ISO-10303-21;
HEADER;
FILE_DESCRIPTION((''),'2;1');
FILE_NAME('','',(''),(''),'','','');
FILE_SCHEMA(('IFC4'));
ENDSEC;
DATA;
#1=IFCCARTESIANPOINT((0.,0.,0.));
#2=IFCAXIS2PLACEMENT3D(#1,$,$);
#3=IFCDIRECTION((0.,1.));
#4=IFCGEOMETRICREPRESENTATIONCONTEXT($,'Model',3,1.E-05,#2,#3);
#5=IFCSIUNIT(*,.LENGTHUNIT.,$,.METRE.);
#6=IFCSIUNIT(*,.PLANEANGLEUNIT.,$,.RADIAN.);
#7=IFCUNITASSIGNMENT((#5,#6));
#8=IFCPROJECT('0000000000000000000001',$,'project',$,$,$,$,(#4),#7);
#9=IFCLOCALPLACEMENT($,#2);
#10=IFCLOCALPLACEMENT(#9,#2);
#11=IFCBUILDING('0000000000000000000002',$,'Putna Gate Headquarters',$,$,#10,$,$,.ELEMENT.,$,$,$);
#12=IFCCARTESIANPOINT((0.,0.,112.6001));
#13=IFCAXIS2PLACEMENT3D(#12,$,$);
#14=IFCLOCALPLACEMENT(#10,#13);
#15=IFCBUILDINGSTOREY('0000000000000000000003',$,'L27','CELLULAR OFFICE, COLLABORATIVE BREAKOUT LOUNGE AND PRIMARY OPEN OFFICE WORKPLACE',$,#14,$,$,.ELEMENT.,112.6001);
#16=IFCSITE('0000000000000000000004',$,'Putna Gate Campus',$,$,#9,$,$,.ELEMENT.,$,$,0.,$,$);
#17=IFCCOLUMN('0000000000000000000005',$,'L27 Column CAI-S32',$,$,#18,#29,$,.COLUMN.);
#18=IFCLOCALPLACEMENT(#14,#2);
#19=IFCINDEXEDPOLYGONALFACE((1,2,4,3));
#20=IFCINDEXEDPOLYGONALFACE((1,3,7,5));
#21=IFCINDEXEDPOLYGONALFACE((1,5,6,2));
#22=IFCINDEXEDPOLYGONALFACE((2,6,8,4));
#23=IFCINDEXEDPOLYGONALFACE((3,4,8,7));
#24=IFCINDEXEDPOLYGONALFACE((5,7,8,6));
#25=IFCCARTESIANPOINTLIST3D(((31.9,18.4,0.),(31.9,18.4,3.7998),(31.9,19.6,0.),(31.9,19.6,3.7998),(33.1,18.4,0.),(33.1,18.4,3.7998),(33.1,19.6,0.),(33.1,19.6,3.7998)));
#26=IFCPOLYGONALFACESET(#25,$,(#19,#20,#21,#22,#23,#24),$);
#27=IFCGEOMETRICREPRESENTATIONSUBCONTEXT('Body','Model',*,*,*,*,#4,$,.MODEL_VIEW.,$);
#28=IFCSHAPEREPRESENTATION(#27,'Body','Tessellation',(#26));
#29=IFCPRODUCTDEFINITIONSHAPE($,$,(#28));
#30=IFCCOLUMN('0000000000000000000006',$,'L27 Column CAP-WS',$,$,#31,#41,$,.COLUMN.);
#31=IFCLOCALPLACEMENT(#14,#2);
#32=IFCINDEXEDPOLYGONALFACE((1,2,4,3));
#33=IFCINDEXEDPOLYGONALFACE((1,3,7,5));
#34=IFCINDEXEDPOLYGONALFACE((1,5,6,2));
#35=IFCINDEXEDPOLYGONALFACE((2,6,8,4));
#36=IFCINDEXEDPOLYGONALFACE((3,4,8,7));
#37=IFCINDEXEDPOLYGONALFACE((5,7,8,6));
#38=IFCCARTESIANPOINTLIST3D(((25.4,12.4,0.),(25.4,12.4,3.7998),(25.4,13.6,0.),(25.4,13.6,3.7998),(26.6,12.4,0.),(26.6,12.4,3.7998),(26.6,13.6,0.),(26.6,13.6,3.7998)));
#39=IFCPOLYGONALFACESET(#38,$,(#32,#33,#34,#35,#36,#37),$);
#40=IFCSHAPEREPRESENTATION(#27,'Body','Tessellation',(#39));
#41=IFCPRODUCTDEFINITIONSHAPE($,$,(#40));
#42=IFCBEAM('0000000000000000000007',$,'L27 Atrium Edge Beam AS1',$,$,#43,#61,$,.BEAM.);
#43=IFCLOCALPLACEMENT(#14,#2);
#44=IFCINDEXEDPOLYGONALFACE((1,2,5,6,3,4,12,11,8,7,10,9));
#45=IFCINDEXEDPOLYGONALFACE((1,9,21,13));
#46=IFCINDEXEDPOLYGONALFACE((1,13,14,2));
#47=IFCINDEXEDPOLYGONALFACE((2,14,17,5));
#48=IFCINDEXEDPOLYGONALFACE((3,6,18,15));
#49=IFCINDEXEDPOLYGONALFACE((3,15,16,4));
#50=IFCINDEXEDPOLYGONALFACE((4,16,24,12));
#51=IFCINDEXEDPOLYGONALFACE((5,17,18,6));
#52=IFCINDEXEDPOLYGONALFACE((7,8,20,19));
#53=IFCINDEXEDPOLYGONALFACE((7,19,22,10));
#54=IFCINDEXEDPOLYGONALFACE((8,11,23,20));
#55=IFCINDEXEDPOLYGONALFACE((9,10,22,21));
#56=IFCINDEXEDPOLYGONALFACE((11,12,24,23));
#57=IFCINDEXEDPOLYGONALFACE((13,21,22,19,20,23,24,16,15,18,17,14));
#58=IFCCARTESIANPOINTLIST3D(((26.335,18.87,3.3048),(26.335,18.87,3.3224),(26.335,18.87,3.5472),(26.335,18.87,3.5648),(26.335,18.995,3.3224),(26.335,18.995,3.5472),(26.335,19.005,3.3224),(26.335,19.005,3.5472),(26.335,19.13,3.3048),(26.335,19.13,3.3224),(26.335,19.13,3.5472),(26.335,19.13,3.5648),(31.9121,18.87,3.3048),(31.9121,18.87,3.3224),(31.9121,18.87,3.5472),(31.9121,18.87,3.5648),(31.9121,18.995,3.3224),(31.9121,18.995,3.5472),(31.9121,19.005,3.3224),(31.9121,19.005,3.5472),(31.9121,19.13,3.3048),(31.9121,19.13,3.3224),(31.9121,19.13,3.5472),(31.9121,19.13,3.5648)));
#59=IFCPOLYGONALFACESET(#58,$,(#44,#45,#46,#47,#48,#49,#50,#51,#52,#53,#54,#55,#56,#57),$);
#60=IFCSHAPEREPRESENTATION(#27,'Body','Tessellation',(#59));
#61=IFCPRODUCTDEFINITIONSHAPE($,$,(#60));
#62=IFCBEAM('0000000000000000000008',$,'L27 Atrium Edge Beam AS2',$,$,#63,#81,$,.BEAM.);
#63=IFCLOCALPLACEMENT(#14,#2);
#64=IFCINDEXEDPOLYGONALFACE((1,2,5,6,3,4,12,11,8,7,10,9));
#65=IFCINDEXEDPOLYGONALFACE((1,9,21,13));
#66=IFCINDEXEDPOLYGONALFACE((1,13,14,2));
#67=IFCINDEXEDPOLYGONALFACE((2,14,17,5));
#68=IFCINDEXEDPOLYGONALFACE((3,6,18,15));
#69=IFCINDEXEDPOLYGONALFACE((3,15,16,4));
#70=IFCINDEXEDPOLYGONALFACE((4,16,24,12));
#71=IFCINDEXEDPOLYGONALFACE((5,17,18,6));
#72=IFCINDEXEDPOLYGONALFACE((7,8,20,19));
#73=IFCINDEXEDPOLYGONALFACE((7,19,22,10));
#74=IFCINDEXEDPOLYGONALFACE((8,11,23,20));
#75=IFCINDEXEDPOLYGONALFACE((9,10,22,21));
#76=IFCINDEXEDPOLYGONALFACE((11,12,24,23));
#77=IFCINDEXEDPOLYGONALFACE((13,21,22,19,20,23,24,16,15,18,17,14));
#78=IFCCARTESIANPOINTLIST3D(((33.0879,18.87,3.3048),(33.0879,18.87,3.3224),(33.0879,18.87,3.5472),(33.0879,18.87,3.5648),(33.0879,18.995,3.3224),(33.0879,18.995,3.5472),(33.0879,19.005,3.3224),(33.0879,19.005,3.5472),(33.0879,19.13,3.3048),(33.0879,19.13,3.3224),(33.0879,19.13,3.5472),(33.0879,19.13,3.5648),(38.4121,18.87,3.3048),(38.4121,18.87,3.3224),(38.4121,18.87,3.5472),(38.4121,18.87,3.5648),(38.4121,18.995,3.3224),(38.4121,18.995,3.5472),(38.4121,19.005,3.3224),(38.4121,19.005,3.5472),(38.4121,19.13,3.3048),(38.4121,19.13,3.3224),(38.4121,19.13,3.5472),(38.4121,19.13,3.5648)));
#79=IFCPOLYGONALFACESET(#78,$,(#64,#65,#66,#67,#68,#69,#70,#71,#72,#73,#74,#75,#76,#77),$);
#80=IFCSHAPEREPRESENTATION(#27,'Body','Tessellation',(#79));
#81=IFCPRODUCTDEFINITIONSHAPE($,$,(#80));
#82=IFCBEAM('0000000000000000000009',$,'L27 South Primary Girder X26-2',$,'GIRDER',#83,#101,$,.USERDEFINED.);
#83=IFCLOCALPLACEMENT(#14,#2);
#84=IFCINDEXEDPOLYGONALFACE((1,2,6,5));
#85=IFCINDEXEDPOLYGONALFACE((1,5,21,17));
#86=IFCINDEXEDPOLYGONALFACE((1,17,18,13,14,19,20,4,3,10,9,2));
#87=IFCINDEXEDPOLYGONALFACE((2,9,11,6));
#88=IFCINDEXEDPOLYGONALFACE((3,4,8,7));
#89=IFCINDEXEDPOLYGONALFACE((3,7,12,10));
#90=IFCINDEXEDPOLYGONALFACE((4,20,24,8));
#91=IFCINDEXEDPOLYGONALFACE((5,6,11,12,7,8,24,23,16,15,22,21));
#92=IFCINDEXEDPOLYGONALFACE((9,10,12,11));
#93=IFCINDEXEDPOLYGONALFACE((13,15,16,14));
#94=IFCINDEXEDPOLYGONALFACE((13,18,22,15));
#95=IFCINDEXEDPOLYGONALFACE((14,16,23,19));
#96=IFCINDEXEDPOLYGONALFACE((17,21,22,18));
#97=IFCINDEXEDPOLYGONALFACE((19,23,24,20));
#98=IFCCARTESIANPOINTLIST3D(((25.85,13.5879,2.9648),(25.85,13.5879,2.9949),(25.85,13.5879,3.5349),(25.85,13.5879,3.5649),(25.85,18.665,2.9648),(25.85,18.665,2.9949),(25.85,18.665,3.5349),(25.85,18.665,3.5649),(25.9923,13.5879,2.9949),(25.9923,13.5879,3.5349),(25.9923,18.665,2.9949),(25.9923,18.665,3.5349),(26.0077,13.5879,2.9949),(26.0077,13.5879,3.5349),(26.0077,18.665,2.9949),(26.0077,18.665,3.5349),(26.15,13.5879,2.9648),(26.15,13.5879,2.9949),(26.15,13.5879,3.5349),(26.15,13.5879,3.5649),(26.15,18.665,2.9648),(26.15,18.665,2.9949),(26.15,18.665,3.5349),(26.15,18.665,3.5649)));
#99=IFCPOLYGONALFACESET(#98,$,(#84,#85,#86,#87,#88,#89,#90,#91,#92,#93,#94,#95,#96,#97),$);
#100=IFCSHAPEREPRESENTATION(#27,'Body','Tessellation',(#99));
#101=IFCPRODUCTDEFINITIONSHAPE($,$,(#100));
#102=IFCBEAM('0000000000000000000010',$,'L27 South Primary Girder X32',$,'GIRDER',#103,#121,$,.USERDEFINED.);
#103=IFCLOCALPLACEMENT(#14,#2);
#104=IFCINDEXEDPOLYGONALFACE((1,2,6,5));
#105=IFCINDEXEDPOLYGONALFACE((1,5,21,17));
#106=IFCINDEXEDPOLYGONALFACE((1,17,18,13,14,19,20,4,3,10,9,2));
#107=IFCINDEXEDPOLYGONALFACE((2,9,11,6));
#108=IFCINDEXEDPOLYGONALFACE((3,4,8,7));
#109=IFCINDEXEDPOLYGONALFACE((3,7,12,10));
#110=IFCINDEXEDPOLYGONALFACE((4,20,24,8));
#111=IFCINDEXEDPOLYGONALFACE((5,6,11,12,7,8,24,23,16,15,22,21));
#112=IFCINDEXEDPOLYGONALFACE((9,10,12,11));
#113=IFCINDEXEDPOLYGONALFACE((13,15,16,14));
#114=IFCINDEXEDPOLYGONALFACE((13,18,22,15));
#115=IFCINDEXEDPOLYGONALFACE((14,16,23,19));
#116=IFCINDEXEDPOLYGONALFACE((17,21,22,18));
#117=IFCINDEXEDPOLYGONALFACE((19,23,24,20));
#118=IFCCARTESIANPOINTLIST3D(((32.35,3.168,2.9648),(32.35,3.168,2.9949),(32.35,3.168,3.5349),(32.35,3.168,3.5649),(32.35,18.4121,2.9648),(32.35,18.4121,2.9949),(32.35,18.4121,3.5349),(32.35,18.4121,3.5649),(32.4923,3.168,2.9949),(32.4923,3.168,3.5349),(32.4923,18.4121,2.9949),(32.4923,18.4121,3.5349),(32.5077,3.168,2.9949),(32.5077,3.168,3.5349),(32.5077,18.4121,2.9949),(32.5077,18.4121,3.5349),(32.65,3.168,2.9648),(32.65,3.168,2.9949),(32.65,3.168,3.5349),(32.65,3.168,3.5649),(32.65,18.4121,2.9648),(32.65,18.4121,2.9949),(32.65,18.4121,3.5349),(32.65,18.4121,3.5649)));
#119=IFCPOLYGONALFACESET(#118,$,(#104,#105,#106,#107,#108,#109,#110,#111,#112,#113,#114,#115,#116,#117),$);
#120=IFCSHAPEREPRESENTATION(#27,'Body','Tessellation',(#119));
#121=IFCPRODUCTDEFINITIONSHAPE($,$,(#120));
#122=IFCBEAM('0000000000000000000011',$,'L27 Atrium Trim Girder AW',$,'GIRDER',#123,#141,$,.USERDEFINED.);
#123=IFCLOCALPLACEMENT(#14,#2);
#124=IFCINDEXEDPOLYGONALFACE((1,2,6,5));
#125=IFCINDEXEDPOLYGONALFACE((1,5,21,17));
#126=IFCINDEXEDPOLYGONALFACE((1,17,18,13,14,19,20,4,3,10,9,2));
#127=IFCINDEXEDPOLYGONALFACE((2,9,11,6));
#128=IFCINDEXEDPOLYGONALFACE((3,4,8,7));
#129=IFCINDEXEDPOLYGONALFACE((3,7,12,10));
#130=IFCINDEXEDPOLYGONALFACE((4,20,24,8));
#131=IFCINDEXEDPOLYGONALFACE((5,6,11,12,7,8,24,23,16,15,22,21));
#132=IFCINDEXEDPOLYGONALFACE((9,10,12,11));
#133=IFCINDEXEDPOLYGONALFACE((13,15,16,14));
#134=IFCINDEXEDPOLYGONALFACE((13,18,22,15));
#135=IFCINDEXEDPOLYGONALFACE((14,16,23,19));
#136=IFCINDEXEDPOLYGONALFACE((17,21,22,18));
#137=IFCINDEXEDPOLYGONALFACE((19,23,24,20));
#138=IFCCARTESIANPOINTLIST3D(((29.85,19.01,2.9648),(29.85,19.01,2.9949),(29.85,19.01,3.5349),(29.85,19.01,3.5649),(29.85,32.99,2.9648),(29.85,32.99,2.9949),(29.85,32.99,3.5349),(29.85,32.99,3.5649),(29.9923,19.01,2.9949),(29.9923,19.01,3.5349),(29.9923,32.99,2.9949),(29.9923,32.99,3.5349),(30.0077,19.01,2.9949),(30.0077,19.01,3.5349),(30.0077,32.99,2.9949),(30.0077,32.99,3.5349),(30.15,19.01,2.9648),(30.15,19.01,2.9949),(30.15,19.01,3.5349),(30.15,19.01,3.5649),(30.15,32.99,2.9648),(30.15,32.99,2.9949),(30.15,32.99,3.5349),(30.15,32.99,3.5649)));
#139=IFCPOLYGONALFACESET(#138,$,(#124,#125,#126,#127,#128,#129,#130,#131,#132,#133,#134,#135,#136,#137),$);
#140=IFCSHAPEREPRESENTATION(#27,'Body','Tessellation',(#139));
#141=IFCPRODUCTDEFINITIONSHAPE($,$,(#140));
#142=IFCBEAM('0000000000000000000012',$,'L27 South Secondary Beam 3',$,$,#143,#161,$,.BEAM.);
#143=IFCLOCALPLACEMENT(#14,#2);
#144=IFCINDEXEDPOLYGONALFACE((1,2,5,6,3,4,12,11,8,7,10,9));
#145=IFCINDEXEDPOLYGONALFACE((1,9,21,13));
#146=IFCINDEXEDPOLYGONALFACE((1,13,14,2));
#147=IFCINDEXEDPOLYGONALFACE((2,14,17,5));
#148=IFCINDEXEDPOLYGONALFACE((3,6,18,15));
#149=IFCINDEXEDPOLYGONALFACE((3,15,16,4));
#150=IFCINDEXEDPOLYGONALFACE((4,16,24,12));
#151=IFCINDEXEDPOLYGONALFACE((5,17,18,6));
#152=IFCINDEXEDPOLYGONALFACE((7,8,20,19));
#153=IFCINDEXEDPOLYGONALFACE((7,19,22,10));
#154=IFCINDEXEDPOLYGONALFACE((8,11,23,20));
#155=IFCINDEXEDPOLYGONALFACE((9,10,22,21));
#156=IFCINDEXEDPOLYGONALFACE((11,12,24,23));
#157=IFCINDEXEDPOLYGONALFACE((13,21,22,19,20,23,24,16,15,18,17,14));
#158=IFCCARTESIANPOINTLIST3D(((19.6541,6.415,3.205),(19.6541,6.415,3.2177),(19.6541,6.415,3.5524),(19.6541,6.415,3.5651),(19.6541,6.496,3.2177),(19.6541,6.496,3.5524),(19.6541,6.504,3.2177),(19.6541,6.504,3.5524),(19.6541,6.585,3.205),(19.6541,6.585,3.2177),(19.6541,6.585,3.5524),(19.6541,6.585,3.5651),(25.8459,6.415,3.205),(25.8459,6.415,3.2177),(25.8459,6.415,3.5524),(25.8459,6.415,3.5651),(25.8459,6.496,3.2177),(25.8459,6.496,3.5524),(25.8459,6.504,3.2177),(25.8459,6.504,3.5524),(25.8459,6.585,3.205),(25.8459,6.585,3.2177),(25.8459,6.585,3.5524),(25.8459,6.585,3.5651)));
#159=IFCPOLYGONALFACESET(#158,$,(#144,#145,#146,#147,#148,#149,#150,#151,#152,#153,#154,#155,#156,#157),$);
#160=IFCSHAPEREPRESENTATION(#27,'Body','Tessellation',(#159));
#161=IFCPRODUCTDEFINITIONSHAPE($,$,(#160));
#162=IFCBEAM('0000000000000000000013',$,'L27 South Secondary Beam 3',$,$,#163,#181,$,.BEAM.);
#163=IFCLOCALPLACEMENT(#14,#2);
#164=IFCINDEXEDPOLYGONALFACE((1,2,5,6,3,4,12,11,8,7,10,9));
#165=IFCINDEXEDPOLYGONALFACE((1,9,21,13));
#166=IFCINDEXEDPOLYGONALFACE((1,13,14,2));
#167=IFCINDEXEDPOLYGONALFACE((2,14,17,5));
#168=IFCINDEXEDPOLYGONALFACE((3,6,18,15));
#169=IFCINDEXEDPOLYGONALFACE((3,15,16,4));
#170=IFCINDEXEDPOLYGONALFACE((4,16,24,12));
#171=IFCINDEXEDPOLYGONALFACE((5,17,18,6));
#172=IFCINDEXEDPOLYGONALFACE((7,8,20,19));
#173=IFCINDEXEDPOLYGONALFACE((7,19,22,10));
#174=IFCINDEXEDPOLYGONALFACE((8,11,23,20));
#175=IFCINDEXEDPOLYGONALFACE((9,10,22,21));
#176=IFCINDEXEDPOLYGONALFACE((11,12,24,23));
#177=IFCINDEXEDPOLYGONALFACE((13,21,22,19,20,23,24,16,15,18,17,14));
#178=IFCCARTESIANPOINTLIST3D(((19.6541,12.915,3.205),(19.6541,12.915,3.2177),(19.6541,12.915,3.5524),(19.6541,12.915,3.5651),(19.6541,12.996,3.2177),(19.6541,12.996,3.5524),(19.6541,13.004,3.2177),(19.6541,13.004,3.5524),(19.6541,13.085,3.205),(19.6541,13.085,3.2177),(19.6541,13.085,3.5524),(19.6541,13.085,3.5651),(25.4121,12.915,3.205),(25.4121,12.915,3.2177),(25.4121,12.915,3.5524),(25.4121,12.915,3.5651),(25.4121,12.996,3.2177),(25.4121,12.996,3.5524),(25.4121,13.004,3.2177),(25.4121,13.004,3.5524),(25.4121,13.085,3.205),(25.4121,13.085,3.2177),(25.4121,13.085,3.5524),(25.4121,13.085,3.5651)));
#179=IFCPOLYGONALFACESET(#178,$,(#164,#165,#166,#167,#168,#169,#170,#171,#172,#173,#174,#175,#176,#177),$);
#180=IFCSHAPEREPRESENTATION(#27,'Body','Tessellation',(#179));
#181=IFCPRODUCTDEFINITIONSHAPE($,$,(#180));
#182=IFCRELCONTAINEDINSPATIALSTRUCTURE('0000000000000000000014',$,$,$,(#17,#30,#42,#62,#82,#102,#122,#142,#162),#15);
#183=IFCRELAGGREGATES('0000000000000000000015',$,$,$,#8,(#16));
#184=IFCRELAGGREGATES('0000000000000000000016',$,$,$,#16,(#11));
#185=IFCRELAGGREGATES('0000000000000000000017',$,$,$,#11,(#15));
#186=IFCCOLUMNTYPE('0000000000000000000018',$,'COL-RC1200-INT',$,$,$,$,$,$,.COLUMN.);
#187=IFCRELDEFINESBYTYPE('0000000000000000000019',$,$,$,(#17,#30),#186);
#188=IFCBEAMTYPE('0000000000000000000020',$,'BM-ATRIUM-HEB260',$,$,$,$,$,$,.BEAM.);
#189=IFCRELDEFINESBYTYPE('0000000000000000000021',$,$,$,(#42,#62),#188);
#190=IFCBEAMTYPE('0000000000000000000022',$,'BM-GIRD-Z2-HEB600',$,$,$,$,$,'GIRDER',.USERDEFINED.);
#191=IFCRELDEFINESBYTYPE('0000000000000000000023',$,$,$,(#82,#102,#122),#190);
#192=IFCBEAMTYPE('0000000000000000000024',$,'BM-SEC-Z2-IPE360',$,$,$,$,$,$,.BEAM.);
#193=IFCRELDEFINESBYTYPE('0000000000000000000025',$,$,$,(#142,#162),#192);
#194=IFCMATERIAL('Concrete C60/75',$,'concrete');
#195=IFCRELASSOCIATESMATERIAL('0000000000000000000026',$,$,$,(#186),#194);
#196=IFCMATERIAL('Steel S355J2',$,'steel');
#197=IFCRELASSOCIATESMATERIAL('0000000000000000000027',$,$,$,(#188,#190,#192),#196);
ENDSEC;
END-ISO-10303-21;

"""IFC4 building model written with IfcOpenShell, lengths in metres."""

from ifc_helpers import new_model, si_unit, direction, frame, origin, origin_2d, place, context, subcontext, project, spatial, rectangle, i_section, extrude, material, material_profile, profile_set, type_object, element, save


model = new_model("IFC4")

# Units and contexts
model_context = context("Model", 3, precision=1e-05, world=origin(), true_north=direction((0.0, 1.0)))
body_context = subcontext(model_context, "Body", "Model", "MODEL_VIEW")
ifc_project = project(units=[si_unit("LENGTHUNIT", "METRE"), si_unit("PLANEANGLEUNIT", "RADIAN")], contexts=[model_context])

# Site, building, storey
site_placement = place(None, origin())
site = spatial("IfcSite", under=ifc_project, at=site_placement, Name="Putna Gate Campus", CompositionType="ELEMENT", RefElevation=0.0)
building_placement = place(site_placement, origin())
building = spatial("IfcBuilding", under=site, at=building_placement, Name="Putna Gate Headquarters", CompositionType="ELEMENT")
storey_placement = place(building_placement, frame((0.0, 0.0, 112.6001)))
storey = spatial("IfcBuildingStorey", under=building, at=storey_placement, Name="L27", Description="CELLULAR OFFICE, COLLABORATIVE BREAKOUT LOUNGE AND PRIMARY OPEN OFFICE WORKPLACE", CompositionType="ELEMENT", Elevation=112.6001)

# Columns
ifc_material_1 = material(Name="Concrete C60/75", Category="concrete")
ifc_material_profile_1 = material_profile(ifc_material_1, rectangle(XDim=1.2, YDim=1.2, at=origin_2d()), Name="Concrete C60/75")
ifc_profile_set_1 = profile_set([ifc_material_profile_1], Name="Concrete C60/75")
column_type = type_object("IfcColumnType", Name="COL-RC1200-INT", PredefinedType="COLUMN", material=ifc_profile_set_1)
for number, where, z_axis, x_axis, name in (
    (1, (32.5, 19.0, 0.0), (0.0, 0.0, 1.0), (1.0, 0.0, 0.0), "L27 Column CAI-S32"),
    (2, (26.0, 13.0, 0.0), (0.0, 0.0, 1.0), (1.0, 0.0, 0.0), "L27 Column CAP-WS"),
):
    element("IfcColumn", number, at=place(storey_placement, frame(where, z_axis=z_axis, x_axis=x_axis)), inside=storey, type_object=column_type, Name=name, PredefinedType="COLUMN", context=body_context, shape_type="SweptSolid", body=[
        extrude(rectangle(XDim=1.2, YDim=1.2, at=origin_2d()), origin(), (0.0, 0.0, 1.0), 3.7998),
    ])

# Beams
ifc_material_2 = material(Name="Steel S355J2", Category="steel")
ifc_material_profile_2 = material_profile(ifc_material_2, i_section(OverallWidth=0.26, OverallDepth=0.26, WebThickness=0.01, FlangeThickness=0.0176, at=origin_2d()), Name="Steel S355J2")
ifc_profile_set_2 = profile_set([ifc_material_profile_2], Name="Steel S355J2")
beam_type_1 = type_object("IfcBeamType", Name="BM-ATRIUM-HEB260", PredefinedType="BEAM", material=ifc_profile_set_2)
beam_1_placement = place(storey_placement, frame((26.335, 19.0, 3.4348), z_axis=(1.0, 0.0, 0.0), x_axis=(0.0, 1.0, 0.0)))
element("IfcBeam", 3, at=beam_1_placement, inside=storey, type_object=beam_type_1, Name="L27 Atrium Edge Beam AS1", PredefinedType="BEAM", context=body_context, shape_type="SweptSolid", body=[
    extrude(i_section(OverallWidth=0.26, OverallDepth=0.26, WebThickness=0.01, FlangeThickness=0.0176, at=origin_2d()), origin(), (0.0, 0.0, 1.0), 5.5771),
])
beam_2_placement = place(storey_placement, frame((33.0879, 19.0, 3.4348), z_axis=(1.0, 0.0, 0.0), x_axis=(0.0, 1.0, 0.0)))
element("IfcBeam", 4, at=beam_2_placement, inside=storey, type_object=beam_type_1, Name="L27 Atrium Edge Beam AS2", PredefinedType="BEAM", context=body_context, shape_type="SweptSolid", body=[
    extrude(i_section(OverallWidth=0.26, OverallDepth=0.26, WebThickness=0.01, FlangeThickness=0.0176, at=origin_2d()), origin(), (0.0, 0.0, 1.0), 5.3242),
])
ifc_material_profile_3 = material_profile(ifc_material_2, i_section(OverallWidth=0.3, OverallDepth=0.6001, WebThickness=0.0154, FlangeThickness=0.03, at=origin_2d()), Name="Steel S355J2")
ifc_profile_set_3 = profile_set([ifc_material_profile_3], Name="Steel S355J2")
beam_type_2 = type_object("IfcBeamType", Name="BM-GIRD-Z2-HEB600", ElementType="GIRDER", PredefinedType="USERDEFINED", material=ifc_profile_set_3)
beam_3_placement = place(storey_placement, frame((26.0, 13.5879, 3.2649), z_axis=(0.0, 1.0, 0.0), x_axis=(-1.0, 0.0, 0.0)))
element("IfcBeam", 5, at=beam_3_placement, inside=storey, type_object=beam_type_2, Name="L27 South Primary Girder X26-2", ObjectType="GIRDER", PredefinedType="USERDEFINED", context=body_context, shape_type="SweptSolid", body=[
    extrude(i_section(OverallWidth=0.3, OverallDepth=0.6001, WebThickness=0.0154, FlangeThickness=0.03, at=origin_2d()), origin(), (0.0, 0.0, 1.0), 5.0771),
])
beam_4_placement = place(storey_placement, frame((32.5, 3.168, 3.2649), z_axis=(0.0, 1.0, 0.0), x_axis=(-1.0, 0.0, 0.0)))
element("IfcBeam", 6, at=beam_4_placement, inside=storey, type_object=beam_type_2, Name="L27 South Primary Girder X32", ObjectType="GIRDER", PredefinedType="USERDEFINED", context=body_context, shape_type="SweptSolid", body=[
    extrude(i_section(OverallWidth=0.3, OverallDepth=0.6001, WebThickness=0.0154, FlangeThickness=0.03, at=origin_2d()), origin(), (0.0, 0.0, 1.0), 15.2441),
])
beam_5_placement = place(storey_placement, frame((30.0, 19.01, 3.2649), z_axis=(0.0, 1.0, 0.0), x_axis=(-1.0, 0.0, 0.0)))
element("IfcBeam", 7, at=beam_5_placement, inside=storey, type_object=beam_type_2, Name="L27 Atrium Trim Girder AW", ObjectType="GIRDER", PredefinedType="USERDEFINED", context=body_context, shape_type="SweptSolid", body=[
    extrude(i_section(OverallWidth=0.3, OverallDepth=0.6001, WebThickness=0.0154, FlangeThickness=0.03, at=origin_2d()), origin(), (0.0, 0.0, 1.0), 13.98),
])
ifc_material_profile_4 = material_profile(ifc_material_2, i_section(OverallWidth=0.1699, OverallDepth=0.3601, WebThickness=0.0081, FlangeThickness=0.0127, at=origin_2d()), Name="Steel S355J2")
ifc_profile_set_4 = profile_set([ifc_material_profile_4], Name="Steel S355J2")
beam_type_3 = type_object("IfcBeamType", Name="BM-SEC-Z2-IPE360", PredefinedType="BEAM", material=ifc_profile_set_4)
beam_6_placement = place(storey_placement, frame((19.6541, 6.5, 3.385), z_axis=(1.0, 0.0, 0.0), x_axis=(0.0, 1.0, 0.0)))
element("IfcBeam", 8, at=beam_6_placement, inside=storey, type_object=beam_type_3, Name="L27 South Secondary Beam 3", PredefinedType="BEAM", context=body_context, shape_type="SweptSolid", body=[
    extrude(i_section(OverallWidth=0.1699, OverallDepth=0.3601, WebThickness=0.0081, FlangeThickness=0.0127, at=origin_2d()), origin(), (0.0, 0.0, 1.0), 6.1919),
])
beam_7_placement = place(storey_placement, frame((19.6541, 13.0, 3.385), z_axis=(1.0, 0.0, 0.0), x_axis=(0.0, 1.0, 0.0)))
element("IfcBeam", 9, at=beam_7_placement, inside=storey, type_object=beam_type_3, Name="L27 South Secondary Beam 3", PredefinedType="BEAM", context=body_context, shape_type="SweptSolid", body=[
    extrude(i_section(OverallWidth=0.1699, OverallDepth=0.3601, WebThickness=0.0081, FlangeThickness=0.0127, at=origin_2d()), origin(), (0.0, 0.0, 1.0), 5.7581),
])

save(model, "model.ifc")
